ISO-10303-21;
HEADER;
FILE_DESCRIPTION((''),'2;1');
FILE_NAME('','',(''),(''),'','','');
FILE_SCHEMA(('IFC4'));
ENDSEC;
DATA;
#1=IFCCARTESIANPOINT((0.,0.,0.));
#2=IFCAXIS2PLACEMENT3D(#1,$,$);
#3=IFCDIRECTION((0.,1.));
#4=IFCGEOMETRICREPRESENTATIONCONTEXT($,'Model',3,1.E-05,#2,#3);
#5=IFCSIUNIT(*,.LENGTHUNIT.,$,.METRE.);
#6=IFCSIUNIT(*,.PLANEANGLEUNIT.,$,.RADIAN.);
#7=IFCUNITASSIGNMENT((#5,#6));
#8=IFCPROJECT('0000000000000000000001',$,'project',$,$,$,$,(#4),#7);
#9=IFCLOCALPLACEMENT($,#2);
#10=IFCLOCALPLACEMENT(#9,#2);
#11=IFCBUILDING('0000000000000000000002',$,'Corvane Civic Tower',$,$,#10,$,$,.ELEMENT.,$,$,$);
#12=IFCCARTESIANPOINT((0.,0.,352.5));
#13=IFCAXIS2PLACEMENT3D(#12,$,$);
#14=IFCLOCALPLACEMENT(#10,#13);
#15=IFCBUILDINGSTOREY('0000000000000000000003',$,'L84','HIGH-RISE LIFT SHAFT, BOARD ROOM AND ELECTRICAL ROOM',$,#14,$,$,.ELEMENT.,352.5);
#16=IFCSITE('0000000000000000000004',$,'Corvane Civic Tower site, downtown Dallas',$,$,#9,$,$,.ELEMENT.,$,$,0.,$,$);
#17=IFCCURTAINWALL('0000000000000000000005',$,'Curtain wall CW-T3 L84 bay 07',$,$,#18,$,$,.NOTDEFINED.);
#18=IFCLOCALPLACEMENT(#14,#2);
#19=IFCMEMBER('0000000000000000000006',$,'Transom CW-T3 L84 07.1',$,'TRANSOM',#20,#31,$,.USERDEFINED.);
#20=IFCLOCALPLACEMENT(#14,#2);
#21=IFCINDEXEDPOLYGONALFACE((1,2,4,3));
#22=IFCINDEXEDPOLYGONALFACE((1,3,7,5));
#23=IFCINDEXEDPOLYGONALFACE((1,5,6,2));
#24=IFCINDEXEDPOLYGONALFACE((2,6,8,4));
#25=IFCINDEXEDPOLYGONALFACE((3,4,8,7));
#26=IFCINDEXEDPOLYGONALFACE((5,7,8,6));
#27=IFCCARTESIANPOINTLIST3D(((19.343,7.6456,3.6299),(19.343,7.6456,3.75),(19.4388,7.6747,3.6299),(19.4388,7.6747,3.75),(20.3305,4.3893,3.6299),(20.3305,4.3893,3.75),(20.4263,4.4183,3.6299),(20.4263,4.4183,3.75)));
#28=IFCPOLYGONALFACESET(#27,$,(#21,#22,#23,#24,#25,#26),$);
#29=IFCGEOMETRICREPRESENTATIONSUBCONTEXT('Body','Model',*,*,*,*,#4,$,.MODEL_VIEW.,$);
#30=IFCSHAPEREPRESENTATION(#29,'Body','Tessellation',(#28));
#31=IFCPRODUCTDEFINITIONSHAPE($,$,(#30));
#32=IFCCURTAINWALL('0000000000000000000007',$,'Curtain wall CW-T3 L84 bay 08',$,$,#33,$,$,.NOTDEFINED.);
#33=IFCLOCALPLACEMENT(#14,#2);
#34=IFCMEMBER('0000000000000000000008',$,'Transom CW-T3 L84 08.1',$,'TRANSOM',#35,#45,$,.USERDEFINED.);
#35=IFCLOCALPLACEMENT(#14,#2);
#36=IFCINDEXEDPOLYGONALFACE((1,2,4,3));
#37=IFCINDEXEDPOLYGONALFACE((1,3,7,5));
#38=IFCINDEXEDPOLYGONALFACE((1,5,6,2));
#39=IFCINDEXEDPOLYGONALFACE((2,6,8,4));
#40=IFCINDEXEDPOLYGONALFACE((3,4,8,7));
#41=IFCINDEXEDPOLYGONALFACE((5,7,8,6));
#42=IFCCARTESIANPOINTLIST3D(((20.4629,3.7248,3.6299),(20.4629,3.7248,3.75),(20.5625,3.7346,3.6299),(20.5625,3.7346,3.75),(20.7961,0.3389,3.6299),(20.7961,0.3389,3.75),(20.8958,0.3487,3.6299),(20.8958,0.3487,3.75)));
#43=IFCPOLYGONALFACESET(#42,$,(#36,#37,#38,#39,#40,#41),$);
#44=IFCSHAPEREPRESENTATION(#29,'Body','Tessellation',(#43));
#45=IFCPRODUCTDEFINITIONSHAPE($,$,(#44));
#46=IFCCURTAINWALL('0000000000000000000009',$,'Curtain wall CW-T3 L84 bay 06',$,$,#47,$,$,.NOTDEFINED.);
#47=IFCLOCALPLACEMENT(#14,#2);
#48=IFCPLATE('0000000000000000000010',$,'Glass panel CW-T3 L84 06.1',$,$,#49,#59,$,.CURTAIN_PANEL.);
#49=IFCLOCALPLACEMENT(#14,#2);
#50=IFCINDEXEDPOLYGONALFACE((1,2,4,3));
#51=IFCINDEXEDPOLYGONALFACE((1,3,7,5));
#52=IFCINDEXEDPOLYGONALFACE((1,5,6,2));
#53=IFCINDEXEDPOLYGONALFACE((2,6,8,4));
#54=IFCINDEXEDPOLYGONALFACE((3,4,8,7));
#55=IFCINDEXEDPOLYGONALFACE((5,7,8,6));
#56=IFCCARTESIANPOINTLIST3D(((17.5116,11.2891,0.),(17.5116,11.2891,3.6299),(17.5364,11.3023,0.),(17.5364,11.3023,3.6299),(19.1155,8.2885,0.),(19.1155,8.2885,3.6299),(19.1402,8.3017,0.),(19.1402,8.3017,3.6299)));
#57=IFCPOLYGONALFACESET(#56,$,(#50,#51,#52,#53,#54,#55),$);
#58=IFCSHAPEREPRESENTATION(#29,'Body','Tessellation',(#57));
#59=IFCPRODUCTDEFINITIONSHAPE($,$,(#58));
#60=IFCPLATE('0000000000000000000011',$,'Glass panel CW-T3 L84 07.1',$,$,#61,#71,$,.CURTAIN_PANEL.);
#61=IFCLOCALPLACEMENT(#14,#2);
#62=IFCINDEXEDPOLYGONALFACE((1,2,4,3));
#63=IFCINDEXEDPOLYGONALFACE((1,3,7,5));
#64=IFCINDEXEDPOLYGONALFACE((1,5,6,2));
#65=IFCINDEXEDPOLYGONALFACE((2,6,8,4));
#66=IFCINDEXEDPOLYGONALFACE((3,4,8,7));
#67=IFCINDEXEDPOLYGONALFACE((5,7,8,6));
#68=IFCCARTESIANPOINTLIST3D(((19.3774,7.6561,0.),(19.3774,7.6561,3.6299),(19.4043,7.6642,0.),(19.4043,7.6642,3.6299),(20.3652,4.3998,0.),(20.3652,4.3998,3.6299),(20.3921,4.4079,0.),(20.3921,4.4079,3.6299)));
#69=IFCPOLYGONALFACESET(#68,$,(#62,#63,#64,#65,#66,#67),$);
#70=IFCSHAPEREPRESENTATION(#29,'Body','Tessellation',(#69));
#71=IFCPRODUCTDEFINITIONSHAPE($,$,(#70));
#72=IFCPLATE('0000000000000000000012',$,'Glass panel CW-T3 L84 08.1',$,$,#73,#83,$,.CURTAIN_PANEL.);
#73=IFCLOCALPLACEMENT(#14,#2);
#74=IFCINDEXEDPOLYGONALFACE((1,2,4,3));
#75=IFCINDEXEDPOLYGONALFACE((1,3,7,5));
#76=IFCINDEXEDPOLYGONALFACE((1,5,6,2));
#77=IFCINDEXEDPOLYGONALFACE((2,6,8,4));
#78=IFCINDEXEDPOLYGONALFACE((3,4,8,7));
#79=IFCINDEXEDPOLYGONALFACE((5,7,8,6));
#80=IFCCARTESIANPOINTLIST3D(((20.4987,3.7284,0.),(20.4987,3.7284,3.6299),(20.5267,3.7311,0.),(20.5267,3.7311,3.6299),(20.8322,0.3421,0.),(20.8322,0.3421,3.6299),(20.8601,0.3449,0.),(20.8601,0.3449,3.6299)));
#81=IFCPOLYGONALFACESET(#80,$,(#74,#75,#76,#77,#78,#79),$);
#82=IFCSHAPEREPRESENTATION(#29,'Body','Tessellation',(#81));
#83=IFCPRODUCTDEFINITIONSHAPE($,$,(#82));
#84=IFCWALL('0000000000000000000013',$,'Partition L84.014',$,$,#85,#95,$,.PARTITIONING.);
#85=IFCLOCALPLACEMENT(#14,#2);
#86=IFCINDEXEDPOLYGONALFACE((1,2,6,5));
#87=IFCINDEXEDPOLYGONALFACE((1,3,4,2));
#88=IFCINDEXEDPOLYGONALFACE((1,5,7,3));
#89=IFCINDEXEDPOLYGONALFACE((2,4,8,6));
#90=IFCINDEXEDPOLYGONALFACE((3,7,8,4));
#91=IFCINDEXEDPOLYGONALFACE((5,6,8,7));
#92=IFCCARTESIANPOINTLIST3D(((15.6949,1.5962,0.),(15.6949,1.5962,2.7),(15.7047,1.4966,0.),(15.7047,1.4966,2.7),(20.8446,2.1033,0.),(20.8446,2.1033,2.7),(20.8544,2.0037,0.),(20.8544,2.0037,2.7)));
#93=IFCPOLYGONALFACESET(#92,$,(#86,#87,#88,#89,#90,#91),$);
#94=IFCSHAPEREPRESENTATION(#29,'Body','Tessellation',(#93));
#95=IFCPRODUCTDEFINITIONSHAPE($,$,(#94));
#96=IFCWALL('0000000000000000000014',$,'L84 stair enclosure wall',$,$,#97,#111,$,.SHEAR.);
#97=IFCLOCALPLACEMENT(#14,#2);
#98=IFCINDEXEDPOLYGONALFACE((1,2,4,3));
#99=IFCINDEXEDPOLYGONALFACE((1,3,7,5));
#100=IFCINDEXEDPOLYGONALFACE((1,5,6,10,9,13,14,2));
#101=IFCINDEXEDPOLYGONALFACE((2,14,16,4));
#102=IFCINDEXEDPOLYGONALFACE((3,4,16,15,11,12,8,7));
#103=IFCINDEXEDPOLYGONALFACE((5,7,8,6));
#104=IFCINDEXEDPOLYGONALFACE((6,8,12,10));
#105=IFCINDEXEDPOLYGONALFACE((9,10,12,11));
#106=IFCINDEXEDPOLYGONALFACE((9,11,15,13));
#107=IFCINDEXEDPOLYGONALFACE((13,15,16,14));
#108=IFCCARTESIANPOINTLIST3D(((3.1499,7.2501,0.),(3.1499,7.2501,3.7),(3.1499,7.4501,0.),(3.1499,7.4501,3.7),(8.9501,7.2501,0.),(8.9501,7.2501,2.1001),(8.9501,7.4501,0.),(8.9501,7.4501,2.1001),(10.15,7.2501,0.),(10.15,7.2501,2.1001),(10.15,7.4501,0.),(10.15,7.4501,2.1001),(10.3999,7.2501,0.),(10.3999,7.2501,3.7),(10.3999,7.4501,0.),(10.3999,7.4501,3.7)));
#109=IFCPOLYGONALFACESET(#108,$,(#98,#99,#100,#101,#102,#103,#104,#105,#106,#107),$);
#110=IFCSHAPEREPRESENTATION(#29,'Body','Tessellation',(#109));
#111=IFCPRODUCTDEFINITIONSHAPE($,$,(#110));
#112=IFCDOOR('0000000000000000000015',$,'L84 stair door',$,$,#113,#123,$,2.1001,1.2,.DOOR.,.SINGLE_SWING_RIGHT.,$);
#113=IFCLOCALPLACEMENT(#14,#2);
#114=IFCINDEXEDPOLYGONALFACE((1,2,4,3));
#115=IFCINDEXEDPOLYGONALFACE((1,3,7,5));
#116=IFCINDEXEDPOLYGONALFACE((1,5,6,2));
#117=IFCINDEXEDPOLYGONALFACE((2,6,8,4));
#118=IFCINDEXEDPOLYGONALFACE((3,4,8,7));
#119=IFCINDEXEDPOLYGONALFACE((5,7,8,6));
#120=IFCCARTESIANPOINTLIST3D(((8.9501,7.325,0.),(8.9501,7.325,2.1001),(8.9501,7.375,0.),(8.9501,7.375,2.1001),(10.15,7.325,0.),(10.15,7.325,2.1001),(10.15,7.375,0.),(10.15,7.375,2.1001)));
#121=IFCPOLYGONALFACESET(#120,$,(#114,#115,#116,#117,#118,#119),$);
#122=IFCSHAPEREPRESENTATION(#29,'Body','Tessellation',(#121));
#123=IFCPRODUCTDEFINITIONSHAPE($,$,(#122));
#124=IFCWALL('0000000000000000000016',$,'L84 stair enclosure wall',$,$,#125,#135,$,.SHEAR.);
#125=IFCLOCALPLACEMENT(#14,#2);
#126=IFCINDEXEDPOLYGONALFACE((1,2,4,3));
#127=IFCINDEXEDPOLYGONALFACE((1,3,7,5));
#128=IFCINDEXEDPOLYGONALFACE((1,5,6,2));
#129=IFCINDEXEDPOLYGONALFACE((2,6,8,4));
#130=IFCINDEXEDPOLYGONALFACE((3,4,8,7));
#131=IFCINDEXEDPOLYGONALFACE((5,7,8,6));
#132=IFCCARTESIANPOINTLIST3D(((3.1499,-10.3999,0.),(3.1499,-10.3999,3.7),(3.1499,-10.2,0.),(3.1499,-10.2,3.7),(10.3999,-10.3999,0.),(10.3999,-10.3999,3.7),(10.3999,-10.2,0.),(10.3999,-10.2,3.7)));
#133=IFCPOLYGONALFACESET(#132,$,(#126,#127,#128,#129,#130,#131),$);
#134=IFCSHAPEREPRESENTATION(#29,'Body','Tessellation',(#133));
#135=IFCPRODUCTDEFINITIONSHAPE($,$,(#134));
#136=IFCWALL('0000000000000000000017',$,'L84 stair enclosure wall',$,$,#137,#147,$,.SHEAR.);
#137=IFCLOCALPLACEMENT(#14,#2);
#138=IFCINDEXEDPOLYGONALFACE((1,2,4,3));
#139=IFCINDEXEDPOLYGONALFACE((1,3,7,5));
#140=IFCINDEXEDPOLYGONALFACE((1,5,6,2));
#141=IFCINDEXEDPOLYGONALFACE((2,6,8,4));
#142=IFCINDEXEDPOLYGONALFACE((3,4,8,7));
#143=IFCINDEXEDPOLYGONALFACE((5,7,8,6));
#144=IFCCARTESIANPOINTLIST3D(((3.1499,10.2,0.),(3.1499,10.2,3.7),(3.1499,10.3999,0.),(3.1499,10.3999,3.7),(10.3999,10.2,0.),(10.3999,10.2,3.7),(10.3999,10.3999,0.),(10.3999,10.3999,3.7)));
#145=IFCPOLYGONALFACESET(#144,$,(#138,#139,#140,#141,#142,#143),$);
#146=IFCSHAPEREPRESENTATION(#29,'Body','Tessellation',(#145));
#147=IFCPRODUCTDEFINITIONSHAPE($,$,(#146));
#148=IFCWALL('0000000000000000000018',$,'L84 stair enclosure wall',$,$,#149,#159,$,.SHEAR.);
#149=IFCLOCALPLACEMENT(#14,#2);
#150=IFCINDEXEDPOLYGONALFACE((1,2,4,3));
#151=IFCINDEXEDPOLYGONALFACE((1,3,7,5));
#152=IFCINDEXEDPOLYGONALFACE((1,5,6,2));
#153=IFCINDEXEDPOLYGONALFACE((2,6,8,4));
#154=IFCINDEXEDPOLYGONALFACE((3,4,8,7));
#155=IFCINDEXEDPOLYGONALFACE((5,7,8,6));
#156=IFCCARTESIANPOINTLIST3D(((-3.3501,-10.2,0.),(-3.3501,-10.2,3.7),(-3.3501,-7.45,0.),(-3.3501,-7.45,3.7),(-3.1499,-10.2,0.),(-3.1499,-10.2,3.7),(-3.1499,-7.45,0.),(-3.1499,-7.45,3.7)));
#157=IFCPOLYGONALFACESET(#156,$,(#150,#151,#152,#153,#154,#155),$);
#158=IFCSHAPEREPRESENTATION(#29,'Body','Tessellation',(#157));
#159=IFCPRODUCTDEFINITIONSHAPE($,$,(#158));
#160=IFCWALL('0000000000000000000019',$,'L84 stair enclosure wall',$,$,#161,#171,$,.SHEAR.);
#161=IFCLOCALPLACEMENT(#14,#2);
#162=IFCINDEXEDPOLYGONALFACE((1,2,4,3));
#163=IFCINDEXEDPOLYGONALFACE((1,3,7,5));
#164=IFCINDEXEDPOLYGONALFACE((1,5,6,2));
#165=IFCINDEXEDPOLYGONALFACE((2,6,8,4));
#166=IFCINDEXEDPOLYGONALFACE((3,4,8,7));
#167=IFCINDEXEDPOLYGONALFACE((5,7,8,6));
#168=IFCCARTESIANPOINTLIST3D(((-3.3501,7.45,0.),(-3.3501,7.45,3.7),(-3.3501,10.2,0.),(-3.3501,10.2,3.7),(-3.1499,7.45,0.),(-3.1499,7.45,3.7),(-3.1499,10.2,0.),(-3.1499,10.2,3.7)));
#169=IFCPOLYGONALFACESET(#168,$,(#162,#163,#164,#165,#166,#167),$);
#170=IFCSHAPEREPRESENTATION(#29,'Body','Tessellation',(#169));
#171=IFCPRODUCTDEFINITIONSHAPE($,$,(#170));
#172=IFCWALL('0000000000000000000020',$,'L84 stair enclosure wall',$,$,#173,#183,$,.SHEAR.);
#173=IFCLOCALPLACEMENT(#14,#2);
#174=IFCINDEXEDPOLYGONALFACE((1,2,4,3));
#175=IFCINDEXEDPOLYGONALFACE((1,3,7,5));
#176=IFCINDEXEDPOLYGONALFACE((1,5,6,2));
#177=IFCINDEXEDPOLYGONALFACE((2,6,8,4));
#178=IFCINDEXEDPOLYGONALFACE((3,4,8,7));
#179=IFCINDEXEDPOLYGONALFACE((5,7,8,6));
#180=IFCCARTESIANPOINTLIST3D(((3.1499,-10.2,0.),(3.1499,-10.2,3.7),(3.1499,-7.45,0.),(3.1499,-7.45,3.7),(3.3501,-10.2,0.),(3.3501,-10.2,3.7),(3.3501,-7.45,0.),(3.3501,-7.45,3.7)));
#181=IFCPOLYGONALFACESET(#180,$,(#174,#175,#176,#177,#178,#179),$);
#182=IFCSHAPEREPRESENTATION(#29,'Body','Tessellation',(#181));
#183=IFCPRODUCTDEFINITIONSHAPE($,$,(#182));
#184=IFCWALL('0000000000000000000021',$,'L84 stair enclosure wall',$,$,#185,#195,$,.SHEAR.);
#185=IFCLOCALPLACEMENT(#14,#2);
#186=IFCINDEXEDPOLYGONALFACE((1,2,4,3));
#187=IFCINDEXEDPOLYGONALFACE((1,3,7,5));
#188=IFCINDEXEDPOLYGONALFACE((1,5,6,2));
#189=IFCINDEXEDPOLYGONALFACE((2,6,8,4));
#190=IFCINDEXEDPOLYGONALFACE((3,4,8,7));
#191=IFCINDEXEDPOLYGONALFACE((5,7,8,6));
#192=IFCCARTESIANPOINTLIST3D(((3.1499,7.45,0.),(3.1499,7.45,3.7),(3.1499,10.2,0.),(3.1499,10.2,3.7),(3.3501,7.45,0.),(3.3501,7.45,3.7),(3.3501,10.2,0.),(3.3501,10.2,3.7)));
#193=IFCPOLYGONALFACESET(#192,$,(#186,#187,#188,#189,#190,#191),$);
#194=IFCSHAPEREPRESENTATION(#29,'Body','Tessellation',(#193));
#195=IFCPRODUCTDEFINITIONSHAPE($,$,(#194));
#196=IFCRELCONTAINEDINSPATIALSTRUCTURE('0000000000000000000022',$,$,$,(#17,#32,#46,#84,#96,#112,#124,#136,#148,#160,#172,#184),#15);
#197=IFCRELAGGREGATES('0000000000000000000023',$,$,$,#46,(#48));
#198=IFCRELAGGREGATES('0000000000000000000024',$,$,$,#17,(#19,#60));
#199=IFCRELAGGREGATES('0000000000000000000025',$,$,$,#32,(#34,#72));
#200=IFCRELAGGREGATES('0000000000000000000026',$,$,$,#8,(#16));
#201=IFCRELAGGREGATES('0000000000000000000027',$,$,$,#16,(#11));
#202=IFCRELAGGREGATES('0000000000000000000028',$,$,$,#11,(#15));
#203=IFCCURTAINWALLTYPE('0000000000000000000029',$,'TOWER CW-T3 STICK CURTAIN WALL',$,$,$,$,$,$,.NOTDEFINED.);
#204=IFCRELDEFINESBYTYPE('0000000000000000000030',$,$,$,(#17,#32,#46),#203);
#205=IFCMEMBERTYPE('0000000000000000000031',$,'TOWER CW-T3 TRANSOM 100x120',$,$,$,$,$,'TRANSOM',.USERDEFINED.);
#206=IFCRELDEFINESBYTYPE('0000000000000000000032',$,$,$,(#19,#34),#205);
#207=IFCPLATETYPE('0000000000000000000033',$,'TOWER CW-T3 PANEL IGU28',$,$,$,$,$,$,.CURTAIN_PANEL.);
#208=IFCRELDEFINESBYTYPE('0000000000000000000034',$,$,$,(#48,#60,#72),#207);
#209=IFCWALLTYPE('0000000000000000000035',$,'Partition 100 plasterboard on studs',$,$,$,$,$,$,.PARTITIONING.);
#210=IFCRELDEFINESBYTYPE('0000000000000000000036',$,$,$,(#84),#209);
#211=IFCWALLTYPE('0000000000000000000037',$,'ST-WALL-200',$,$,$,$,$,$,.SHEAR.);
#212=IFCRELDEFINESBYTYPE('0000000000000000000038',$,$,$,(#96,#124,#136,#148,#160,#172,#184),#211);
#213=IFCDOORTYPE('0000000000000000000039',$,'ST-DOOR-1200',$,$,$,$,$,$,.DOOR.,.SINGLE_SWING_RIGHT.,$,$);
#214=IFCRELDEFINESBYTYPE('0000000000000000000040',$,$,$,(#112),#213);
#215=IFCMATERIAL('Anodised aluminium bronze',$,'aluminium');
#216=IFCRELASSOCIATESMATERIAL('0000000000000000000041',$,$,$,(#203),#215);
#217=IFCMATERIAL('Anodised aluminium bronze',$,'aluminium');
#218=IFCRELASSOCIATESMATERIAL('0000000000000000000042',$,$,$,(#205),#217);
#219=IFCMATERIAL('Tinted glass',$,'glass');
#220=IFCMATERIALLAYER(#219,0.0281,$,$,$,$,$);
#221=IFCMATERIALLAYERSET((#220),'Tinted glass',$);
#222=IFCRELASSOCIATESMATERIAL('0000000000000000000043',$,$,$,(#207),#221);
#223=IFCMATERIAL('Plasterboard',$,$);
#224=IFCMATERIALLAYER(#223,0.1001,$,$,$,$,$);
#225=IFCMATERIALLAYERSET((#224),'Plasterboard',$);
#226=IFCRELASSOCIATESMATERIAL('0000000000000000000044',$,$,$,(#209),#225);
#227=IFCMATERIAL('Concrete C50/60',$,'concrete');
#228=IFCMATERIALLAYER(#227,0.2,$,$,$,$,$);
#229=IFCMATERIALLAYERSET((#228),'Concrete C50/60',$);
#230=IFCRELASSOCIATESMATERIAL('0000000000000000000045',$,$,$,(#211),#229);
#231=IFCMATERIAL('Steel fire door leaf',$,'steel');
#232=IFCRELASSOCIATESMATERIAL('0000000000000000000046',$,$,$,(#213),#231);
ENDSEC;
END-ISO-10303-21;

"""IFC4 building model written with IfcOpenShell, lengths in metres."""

from ifc_helpers import new_model, si_unit, direction, frame, frame_2d, origin, origin_2d, place, context, subcontext, project, spatial, polyline, rectangle, outline, extrude, material, layer, layer_set, material_profile, profile_set, type_object, element, fill, aggregate, save


model = new_model("IFC4")

# Units and contexts
model_context = context("Model", 3, precision=1e-05, world=origin(), true_north=direction((0.0, 1.0)))
body_context = subcontext(model_context, "Body", "Model", "MODEL_VIEW")
ifc_project = project(units=[si_unit("LENGTHUNIT", "METRE"), si_unit("PLANEANGLEUNIT", "RADIAN")], contexts=[model_context])

# Site, building, storey
site_placement = place(None, origin())
site = spatial("IfcSite", under=ifc_project, at=site_placement, Name="Corvane Civic Tower site, downtown Dallas", CompositionType="ELEMENT", RefElevation=0.0)
building_placement = place(site_placement, origin())
building = spatial("IfcBuilding", under=site, at=building_placement, Name="Corvane Civic Tower", CompositionType="ELEMENT")
storey_placement = place(building_placement, frame((0.0, 0.0, 352.5)))
storey = spatial("IfcBuildingStorey", under=building, at=storey_placement, Name="L84", Description="HIGH-RISE LIFT SHAFT, BOARD ROOM AND ELECTRICAL ROOM", CompositionType="ELEMENT", Elevation=352.5)

# Curtain walls, members
ifc_material_1 = material(Name="Anodised aluminium bronze", Category="aluminium")
curtain_wall_type = type_object("IfcCurtainWallType", Name="TOWER CW-T3 STICK CURTAIN WALL", PredefinedType="NOTDEFINED", material=ifc_material_1)
curtain_wall_1_placement = place(storey_placement, origin())
curtain_wall_1 = element("IfcCurtainWall", 1, at=curtain_wall_1_placement, inside=storey, type_object=curtain_wall_type, Name="Curtain wall CW-T3 L84 bay 07", PredefinedType="NOTDEFINED")
ifc_material_2 = material(Name="Anodised aluminium bronze", Category="aluminium")
ifc_material_profile_1 = material_profile(ifc_material_2, rectangle(XDim=0.1001, YDim=0.1201, at=origin_2d()), Name="TOWER CW-T3 TRANSOM 100x120")
ifc_profile_set_1 = profile_set([ifc_material_profile_1], Name="Anodised aluminium bronze")
member_type = type_object("IfcMemberType", Name="TOWER CW-T3 TRANSOM 100x120", ElementType="TRANSOM", PredefinedType="USERDEFINED", material=ifc_profile_set_1)
member_1_placement = place(storey_placement, frame((19.3909, 7.6602, 3.6899), z_axis=(0.290216, -0.956961, 0.0), x_axis=(0.956961, 0.290216, 0.0)))
member_1 = element("IfcMember", 2, at=member_1_placement, type_object=member_type, Name="Transom CW-T3 L84 07.1", ObjectType="TRANSOM", PredefinedType="USERDEFINED", context=body_context, shape_type="SweptSolid", body=[
    extrude(rectangle(XDim=0.1001, YDim=0.1201, at=origin_2d()), origin(), (0.0, 0.0, 1.0), 3.4028),
])
curtain_wall_2_placement = place(storey_placement, origin())
curtain_wall_2 = element("IfcCurtainWall", 3, at=curtain_wall_2_placement, inside=storey, type_object=curtain_wall_type, Name="Curtain wall CW-T3 L84 bay 08", PredefinedType="NOTDEFINED")
member_2_placement = place(storey_placement, frame((20.5127, 3.7297, 3.6899), z_axis=(0.097948, -0.995192, 0.0), x_axis=(0.995192, 0.097948, 0.0)))
member_2 = element("IfcMember", 4, at=member_2_placement, type_object=member_type, Name="Transom CW-T3 L84 08.1", ObjectType="TRANSOM", PredefinedType="USERDEFINED", context=body_context, shape_type="SweptSolid", body=[
    extrude(rectangle(XDim=0.1001, YDim=0.1201, at=origin_2d()), origin(), (0.0, 0.0, 1.0), 3.4023),
])

# Curtain wall, plate
curtain_wall_3_placement = place(storey_placement, origin())
curtain_wall_3 = element("IfcCurtainWall", 5, at=curtain_wall_3_placement, inside=storey, type_object=curtain_wall_type, Name="Curtain wall CW-T3 L84 bay 06", PredefinedType="NOTDEFINED")
ifc_material_3 = material(Name="Tinted glass", Category="glass")
ifc_layer_1 = layer(ifc_material_3, 0.0281)
ifc_layer_set_1 = layer_set([ifc_layer_1], Name="Tinted glass")
plate_type = type_object("IfcPlateType", Name="TOWER CW-T3 PANEL IGU28", PredefinedType="CURTAIN_PANEL", material=ifc_layer_set_1)
plate_1_placement = place(storey_placement, frame((18.3259, 9.7954, 0.0), z_axis=(0.0, 0.0, 1.0), x_axis=(0.471384, -0.881928, 0.0)))
plate_1 = element("IfcPlate", 6, at=plate_1_placement, type_object=plate_type, Name="Glass panel CW-T3 L84 06.1", PredefinedType="CURTAIN_PANEL", context=body_context, shape_type="SweptSolid", body=[
    extrude(rectangle(XDim=3.4023, YDim=0.0281, at=origin_2d()), origin(), (0.0, 0.0, 1.0), 3.6299),
])
aggregate(curtain_wall_3, [plate_1])

# Plates
plate_2_placement = place(storey_placement, frame((19.8848, 6.032, 0.0), z_axis=(0.0, 0.0, 1.0), x_axis=(0.29029, -0.956939, 0.0)))
plate_2 = element("IfcPlate", 7, at=plate_2_placement, type_object=plate_type, Name="Glass panel CW-T3 L84 07.1", PredefinedType="CURTAIN_PANEL", context=body_context, shape_type="SweptSolid", body=[
    extrude(rectangle(XDim=3.4028, YDim=0.0281, at=origin_2d()), origin(), (0.0, 0.0, 1.0), 3.6299),
])
aggregate(curtain_wall_1, [member_1, plate_2])
plate_3_placement = place(storey_placement, frame((20.6794, 2.0366, 0.0), z_axis=(0.0, 0.0, 1.0), x_axis=(0.097998, -0.995187, 0.0)))
plate_3 = element("IfcPlate", 8, at=plate_3_placement, type_object=plate_type, Name="Glass panel CW-T3 L84 08.1", PredefinedType="CURTAIN_PANEL", context=body_context, shape_type="SweptSolid", body=[
    extrude(rectangle(XDim=3.4026, YDim=0.0281, at=origin_2d()), origin(), (0.0, 0.0, 1.0), 3.6299),
])
aggregate(curtain_wall_2, [member_2, plate_3])

# Wall
ifc_material_4 = material(Name="Plasterboard")
ifc_layer_2 = layer(ifc_material_4, 0.1001)
ifc_layer_set_2 = layer_set([ifc_layer_2], Name="Plasterboard")
wall_type_1 = type_object("IfcWallType", Name="Partition 100 plasterboard on studs", PredefinedType="PARTITIONING", material=ifc_layer_set_2)
wall_1_placement = place(storey_placement, frame((15.6997, 1.5464, 0.0), z_axis=(0.0, 0.0, 1.0), x_axis=(0.995187, 0.097995, 0.0)))
element("IfcWall", 9, at=wall_1_placement, inside=storey, type_object=wall_type_1, Name="Partition L84.014", PredefinedType="PARTITIONING", context=body_context, shape_type="SweptSolid", body=[
    extrude(rectangle(XDim=5.1746, YDim=0.1001, at=frame_2d((2.5874, 0.0))), origin(), (0.0, 0.0, 1.0), 2.7),
])

# Wall, opening, door
ifc_material_5 = material(Name="Concrete C50/60", Category="concrete")
ifc_layer_3 = layer(ifc_material_5, 0.2)
ifc_layer_set_3 = layer_set([ifc_layer_3], Name="Concrete C50/60")
wall_type_2 = type_object("IfcWallType", Name="ST-WALL-200", PredefinedType="SHEAR", material=ifc_layer_set_3)
wall_2_placement = place(storey_placement, frame((3.1499, 7.3501, 0.0), z_axis=(0.0, 0.0, 1.0), x_axis=(1.0, 0.0, 0.0)))
wall_2 = element("IfcWall", 10, at=wall_2_placement, inside=storey, type_object=wall_type_2, Name="L84 stair enclosure wall", PredefinedType="SHEAR", context=body_context, shape_type="SweptSolid", body=[
    extrude(rectangle(XDim=7.25, YDim=0.2, at=frame_2d((3.625, 0.0))), origin(), (0.0, 0.0, 1.0), 3.7),
])
opening_1_placement = place(wall_2_placement, frame((5.8, 0.0, 0.0)))
opening_1 = element("IfcOpeningElement", 11, at=opening_1_placement, cuts=wall_2, PredefinedType="OPENING", context=body_context, shape_type="SweptSolid", body=[
    extrude(rectangle(XDim=1.2, YDim=2.1001, at=frame_2d((0.6001, 1.05))), frame((0.0, 0.1099, 0.0), z_axis=(0.0, -1.0, 0.0), x_axis=(1.0, 0.0, 0.0)), (0.0, 0.0, 1.0), 0.22),
])
ifc_material_6 = material(Name="Steel fire door leaf", Category="steel")
door_type_1 = type_object("IfcDoorType", Name="ST-DOOR-1200", OperationType="SINGLE_SWING_RIGHT", PredefinedType="DOOR", material=ifc_material_6)
door_1_placement = place(opening_1_placement, origin())
door_1 = element("IfcDoor", 12, at=door_1_placement, inside=storey, type_object=door_type_1, Name="L84 stair door", OperationType="SINGLE_SWING_RIGHT", OverallHeight=2.1001, OverallWidth=1.2, PredefinedType="DOOR", context=body_context, shape_type="SweptSolid", body=[
    extrude(rectangle(XDim=1.2, YDim=2.1001, at=frame_2d((0.6001, 1.05))), frame((0.0, 0.0249, 0.0), z_axis=(0.0, -1.0, 0.0), x_axis=(1.0, 0.0, 0.0)), (0.0, 0.0, 1.0), 0.05),
])
fill(opening_1, door_1)

# Walls
wall_3_placement = place(storey_placement, origin())
element("IfcWall", 13, at=wall_3_placement, inside=storey, type_object=wall_type_2, Name="L84 stair enclosure wall", PredefinedType="SHEAR", context=body_context, shape_type="SweptSolid", body=[
    extrude(outline(polyline([(10.3999, -10.3999), (3.1499, -10.3999), (3.1499, -10.2), (10.3999, -10.2), (10.3999, -10.3999)])), origin(), (0.0, 0.0, 1.0), 3.7),
])
wall_4_placement = place(storey_placement, origin())
element("IfcWall", 14, at=wall_4_placement, inside=storey, type_object=wall_type_2, Name="L84 stair enclosure wall", PredefinedType="SHEAR", context=body_context, shape_type="SweptSolid", body=[
    extrude(outline(polyline([(10.3999, 10.2), (3.1499, 10.2), (3.1499, 10.3999), (10.3999, 10.3999), (10.3999, 10.2)])), origin(), (0.0, 0.0, 1.0), 3.7),
])
wall_5_placement = place(storey_placement, origin())
element("IfcWall", 15, at=wall_5_placement, inside=storey, type_object=wall_type_2, Name="L84 stair enclosure wall", PredefinedType="SHEAR", context=body_context, shape_type="SweptSolid", body=[
    extrude(outline(polyline([(-3.1499, -7.45), (-3.1499, -10.2), (-3.3501, -10.2), (-3.3501, -7.45), (-3.1499, -7.45)])), origin(), (0.0, 0.0, 1.0), 3.7),
])
wall_6_placement = place(storey_placement, origin())
element("IfcWall", 16, at=wall_6_placement, inside=storey, type_object=wall_type_2, Name="L84 stair enclosure wall", PredefinedType="SHEAR", context=body_context, shape_type="SweptSolid", body=[
    extrude(outline(polyline([(-3.1499, 7.45), (-3.3501, 7.45), (-3.3501, 10.2), (-3.1499, 10.2), (-3.1499, 7.45)])), origin(), (0.0, 0.0, 1.0), 3.7),
])
wall_7_placement = place(storey_placement, origin())
element("IfcWall", 17, at=wall_7_placement, inside=storey, type_object=wall_type_2, Name="L84 stair enclosure wall", PredefinedType="SHEAR", context=body_context, shape_type="SweptSolid", body=[
    extrude(outline(polyline([(3.3501, -7.45), (3.3501, -10.2), (3.1499, -10.2), (3.1499, -7.45), (3.3501, -7.45)])), origin(), (0.0, 0.0, 1.0), 3.7),
])
wall_8_placement = place(storey_placement, origin())
element("IfcWall", 18, at=wall_8_placement, inside=storey, type_object=wall_type_2, Name="L84 stair enclosure wall", PredefinedType="SHEAR", context=body_context, shape_type="SweptSolid", body=[
    extrude(outline(polyline([(3.3501, 7.45), (3.1499, 7.45), (3.1499, 10.2), (3.3501, 10.2), (3.3501, 7.45)])), origin(), (0.0, 0.0, 1.0), 3.7),
])

save(model, "model.ifc")
